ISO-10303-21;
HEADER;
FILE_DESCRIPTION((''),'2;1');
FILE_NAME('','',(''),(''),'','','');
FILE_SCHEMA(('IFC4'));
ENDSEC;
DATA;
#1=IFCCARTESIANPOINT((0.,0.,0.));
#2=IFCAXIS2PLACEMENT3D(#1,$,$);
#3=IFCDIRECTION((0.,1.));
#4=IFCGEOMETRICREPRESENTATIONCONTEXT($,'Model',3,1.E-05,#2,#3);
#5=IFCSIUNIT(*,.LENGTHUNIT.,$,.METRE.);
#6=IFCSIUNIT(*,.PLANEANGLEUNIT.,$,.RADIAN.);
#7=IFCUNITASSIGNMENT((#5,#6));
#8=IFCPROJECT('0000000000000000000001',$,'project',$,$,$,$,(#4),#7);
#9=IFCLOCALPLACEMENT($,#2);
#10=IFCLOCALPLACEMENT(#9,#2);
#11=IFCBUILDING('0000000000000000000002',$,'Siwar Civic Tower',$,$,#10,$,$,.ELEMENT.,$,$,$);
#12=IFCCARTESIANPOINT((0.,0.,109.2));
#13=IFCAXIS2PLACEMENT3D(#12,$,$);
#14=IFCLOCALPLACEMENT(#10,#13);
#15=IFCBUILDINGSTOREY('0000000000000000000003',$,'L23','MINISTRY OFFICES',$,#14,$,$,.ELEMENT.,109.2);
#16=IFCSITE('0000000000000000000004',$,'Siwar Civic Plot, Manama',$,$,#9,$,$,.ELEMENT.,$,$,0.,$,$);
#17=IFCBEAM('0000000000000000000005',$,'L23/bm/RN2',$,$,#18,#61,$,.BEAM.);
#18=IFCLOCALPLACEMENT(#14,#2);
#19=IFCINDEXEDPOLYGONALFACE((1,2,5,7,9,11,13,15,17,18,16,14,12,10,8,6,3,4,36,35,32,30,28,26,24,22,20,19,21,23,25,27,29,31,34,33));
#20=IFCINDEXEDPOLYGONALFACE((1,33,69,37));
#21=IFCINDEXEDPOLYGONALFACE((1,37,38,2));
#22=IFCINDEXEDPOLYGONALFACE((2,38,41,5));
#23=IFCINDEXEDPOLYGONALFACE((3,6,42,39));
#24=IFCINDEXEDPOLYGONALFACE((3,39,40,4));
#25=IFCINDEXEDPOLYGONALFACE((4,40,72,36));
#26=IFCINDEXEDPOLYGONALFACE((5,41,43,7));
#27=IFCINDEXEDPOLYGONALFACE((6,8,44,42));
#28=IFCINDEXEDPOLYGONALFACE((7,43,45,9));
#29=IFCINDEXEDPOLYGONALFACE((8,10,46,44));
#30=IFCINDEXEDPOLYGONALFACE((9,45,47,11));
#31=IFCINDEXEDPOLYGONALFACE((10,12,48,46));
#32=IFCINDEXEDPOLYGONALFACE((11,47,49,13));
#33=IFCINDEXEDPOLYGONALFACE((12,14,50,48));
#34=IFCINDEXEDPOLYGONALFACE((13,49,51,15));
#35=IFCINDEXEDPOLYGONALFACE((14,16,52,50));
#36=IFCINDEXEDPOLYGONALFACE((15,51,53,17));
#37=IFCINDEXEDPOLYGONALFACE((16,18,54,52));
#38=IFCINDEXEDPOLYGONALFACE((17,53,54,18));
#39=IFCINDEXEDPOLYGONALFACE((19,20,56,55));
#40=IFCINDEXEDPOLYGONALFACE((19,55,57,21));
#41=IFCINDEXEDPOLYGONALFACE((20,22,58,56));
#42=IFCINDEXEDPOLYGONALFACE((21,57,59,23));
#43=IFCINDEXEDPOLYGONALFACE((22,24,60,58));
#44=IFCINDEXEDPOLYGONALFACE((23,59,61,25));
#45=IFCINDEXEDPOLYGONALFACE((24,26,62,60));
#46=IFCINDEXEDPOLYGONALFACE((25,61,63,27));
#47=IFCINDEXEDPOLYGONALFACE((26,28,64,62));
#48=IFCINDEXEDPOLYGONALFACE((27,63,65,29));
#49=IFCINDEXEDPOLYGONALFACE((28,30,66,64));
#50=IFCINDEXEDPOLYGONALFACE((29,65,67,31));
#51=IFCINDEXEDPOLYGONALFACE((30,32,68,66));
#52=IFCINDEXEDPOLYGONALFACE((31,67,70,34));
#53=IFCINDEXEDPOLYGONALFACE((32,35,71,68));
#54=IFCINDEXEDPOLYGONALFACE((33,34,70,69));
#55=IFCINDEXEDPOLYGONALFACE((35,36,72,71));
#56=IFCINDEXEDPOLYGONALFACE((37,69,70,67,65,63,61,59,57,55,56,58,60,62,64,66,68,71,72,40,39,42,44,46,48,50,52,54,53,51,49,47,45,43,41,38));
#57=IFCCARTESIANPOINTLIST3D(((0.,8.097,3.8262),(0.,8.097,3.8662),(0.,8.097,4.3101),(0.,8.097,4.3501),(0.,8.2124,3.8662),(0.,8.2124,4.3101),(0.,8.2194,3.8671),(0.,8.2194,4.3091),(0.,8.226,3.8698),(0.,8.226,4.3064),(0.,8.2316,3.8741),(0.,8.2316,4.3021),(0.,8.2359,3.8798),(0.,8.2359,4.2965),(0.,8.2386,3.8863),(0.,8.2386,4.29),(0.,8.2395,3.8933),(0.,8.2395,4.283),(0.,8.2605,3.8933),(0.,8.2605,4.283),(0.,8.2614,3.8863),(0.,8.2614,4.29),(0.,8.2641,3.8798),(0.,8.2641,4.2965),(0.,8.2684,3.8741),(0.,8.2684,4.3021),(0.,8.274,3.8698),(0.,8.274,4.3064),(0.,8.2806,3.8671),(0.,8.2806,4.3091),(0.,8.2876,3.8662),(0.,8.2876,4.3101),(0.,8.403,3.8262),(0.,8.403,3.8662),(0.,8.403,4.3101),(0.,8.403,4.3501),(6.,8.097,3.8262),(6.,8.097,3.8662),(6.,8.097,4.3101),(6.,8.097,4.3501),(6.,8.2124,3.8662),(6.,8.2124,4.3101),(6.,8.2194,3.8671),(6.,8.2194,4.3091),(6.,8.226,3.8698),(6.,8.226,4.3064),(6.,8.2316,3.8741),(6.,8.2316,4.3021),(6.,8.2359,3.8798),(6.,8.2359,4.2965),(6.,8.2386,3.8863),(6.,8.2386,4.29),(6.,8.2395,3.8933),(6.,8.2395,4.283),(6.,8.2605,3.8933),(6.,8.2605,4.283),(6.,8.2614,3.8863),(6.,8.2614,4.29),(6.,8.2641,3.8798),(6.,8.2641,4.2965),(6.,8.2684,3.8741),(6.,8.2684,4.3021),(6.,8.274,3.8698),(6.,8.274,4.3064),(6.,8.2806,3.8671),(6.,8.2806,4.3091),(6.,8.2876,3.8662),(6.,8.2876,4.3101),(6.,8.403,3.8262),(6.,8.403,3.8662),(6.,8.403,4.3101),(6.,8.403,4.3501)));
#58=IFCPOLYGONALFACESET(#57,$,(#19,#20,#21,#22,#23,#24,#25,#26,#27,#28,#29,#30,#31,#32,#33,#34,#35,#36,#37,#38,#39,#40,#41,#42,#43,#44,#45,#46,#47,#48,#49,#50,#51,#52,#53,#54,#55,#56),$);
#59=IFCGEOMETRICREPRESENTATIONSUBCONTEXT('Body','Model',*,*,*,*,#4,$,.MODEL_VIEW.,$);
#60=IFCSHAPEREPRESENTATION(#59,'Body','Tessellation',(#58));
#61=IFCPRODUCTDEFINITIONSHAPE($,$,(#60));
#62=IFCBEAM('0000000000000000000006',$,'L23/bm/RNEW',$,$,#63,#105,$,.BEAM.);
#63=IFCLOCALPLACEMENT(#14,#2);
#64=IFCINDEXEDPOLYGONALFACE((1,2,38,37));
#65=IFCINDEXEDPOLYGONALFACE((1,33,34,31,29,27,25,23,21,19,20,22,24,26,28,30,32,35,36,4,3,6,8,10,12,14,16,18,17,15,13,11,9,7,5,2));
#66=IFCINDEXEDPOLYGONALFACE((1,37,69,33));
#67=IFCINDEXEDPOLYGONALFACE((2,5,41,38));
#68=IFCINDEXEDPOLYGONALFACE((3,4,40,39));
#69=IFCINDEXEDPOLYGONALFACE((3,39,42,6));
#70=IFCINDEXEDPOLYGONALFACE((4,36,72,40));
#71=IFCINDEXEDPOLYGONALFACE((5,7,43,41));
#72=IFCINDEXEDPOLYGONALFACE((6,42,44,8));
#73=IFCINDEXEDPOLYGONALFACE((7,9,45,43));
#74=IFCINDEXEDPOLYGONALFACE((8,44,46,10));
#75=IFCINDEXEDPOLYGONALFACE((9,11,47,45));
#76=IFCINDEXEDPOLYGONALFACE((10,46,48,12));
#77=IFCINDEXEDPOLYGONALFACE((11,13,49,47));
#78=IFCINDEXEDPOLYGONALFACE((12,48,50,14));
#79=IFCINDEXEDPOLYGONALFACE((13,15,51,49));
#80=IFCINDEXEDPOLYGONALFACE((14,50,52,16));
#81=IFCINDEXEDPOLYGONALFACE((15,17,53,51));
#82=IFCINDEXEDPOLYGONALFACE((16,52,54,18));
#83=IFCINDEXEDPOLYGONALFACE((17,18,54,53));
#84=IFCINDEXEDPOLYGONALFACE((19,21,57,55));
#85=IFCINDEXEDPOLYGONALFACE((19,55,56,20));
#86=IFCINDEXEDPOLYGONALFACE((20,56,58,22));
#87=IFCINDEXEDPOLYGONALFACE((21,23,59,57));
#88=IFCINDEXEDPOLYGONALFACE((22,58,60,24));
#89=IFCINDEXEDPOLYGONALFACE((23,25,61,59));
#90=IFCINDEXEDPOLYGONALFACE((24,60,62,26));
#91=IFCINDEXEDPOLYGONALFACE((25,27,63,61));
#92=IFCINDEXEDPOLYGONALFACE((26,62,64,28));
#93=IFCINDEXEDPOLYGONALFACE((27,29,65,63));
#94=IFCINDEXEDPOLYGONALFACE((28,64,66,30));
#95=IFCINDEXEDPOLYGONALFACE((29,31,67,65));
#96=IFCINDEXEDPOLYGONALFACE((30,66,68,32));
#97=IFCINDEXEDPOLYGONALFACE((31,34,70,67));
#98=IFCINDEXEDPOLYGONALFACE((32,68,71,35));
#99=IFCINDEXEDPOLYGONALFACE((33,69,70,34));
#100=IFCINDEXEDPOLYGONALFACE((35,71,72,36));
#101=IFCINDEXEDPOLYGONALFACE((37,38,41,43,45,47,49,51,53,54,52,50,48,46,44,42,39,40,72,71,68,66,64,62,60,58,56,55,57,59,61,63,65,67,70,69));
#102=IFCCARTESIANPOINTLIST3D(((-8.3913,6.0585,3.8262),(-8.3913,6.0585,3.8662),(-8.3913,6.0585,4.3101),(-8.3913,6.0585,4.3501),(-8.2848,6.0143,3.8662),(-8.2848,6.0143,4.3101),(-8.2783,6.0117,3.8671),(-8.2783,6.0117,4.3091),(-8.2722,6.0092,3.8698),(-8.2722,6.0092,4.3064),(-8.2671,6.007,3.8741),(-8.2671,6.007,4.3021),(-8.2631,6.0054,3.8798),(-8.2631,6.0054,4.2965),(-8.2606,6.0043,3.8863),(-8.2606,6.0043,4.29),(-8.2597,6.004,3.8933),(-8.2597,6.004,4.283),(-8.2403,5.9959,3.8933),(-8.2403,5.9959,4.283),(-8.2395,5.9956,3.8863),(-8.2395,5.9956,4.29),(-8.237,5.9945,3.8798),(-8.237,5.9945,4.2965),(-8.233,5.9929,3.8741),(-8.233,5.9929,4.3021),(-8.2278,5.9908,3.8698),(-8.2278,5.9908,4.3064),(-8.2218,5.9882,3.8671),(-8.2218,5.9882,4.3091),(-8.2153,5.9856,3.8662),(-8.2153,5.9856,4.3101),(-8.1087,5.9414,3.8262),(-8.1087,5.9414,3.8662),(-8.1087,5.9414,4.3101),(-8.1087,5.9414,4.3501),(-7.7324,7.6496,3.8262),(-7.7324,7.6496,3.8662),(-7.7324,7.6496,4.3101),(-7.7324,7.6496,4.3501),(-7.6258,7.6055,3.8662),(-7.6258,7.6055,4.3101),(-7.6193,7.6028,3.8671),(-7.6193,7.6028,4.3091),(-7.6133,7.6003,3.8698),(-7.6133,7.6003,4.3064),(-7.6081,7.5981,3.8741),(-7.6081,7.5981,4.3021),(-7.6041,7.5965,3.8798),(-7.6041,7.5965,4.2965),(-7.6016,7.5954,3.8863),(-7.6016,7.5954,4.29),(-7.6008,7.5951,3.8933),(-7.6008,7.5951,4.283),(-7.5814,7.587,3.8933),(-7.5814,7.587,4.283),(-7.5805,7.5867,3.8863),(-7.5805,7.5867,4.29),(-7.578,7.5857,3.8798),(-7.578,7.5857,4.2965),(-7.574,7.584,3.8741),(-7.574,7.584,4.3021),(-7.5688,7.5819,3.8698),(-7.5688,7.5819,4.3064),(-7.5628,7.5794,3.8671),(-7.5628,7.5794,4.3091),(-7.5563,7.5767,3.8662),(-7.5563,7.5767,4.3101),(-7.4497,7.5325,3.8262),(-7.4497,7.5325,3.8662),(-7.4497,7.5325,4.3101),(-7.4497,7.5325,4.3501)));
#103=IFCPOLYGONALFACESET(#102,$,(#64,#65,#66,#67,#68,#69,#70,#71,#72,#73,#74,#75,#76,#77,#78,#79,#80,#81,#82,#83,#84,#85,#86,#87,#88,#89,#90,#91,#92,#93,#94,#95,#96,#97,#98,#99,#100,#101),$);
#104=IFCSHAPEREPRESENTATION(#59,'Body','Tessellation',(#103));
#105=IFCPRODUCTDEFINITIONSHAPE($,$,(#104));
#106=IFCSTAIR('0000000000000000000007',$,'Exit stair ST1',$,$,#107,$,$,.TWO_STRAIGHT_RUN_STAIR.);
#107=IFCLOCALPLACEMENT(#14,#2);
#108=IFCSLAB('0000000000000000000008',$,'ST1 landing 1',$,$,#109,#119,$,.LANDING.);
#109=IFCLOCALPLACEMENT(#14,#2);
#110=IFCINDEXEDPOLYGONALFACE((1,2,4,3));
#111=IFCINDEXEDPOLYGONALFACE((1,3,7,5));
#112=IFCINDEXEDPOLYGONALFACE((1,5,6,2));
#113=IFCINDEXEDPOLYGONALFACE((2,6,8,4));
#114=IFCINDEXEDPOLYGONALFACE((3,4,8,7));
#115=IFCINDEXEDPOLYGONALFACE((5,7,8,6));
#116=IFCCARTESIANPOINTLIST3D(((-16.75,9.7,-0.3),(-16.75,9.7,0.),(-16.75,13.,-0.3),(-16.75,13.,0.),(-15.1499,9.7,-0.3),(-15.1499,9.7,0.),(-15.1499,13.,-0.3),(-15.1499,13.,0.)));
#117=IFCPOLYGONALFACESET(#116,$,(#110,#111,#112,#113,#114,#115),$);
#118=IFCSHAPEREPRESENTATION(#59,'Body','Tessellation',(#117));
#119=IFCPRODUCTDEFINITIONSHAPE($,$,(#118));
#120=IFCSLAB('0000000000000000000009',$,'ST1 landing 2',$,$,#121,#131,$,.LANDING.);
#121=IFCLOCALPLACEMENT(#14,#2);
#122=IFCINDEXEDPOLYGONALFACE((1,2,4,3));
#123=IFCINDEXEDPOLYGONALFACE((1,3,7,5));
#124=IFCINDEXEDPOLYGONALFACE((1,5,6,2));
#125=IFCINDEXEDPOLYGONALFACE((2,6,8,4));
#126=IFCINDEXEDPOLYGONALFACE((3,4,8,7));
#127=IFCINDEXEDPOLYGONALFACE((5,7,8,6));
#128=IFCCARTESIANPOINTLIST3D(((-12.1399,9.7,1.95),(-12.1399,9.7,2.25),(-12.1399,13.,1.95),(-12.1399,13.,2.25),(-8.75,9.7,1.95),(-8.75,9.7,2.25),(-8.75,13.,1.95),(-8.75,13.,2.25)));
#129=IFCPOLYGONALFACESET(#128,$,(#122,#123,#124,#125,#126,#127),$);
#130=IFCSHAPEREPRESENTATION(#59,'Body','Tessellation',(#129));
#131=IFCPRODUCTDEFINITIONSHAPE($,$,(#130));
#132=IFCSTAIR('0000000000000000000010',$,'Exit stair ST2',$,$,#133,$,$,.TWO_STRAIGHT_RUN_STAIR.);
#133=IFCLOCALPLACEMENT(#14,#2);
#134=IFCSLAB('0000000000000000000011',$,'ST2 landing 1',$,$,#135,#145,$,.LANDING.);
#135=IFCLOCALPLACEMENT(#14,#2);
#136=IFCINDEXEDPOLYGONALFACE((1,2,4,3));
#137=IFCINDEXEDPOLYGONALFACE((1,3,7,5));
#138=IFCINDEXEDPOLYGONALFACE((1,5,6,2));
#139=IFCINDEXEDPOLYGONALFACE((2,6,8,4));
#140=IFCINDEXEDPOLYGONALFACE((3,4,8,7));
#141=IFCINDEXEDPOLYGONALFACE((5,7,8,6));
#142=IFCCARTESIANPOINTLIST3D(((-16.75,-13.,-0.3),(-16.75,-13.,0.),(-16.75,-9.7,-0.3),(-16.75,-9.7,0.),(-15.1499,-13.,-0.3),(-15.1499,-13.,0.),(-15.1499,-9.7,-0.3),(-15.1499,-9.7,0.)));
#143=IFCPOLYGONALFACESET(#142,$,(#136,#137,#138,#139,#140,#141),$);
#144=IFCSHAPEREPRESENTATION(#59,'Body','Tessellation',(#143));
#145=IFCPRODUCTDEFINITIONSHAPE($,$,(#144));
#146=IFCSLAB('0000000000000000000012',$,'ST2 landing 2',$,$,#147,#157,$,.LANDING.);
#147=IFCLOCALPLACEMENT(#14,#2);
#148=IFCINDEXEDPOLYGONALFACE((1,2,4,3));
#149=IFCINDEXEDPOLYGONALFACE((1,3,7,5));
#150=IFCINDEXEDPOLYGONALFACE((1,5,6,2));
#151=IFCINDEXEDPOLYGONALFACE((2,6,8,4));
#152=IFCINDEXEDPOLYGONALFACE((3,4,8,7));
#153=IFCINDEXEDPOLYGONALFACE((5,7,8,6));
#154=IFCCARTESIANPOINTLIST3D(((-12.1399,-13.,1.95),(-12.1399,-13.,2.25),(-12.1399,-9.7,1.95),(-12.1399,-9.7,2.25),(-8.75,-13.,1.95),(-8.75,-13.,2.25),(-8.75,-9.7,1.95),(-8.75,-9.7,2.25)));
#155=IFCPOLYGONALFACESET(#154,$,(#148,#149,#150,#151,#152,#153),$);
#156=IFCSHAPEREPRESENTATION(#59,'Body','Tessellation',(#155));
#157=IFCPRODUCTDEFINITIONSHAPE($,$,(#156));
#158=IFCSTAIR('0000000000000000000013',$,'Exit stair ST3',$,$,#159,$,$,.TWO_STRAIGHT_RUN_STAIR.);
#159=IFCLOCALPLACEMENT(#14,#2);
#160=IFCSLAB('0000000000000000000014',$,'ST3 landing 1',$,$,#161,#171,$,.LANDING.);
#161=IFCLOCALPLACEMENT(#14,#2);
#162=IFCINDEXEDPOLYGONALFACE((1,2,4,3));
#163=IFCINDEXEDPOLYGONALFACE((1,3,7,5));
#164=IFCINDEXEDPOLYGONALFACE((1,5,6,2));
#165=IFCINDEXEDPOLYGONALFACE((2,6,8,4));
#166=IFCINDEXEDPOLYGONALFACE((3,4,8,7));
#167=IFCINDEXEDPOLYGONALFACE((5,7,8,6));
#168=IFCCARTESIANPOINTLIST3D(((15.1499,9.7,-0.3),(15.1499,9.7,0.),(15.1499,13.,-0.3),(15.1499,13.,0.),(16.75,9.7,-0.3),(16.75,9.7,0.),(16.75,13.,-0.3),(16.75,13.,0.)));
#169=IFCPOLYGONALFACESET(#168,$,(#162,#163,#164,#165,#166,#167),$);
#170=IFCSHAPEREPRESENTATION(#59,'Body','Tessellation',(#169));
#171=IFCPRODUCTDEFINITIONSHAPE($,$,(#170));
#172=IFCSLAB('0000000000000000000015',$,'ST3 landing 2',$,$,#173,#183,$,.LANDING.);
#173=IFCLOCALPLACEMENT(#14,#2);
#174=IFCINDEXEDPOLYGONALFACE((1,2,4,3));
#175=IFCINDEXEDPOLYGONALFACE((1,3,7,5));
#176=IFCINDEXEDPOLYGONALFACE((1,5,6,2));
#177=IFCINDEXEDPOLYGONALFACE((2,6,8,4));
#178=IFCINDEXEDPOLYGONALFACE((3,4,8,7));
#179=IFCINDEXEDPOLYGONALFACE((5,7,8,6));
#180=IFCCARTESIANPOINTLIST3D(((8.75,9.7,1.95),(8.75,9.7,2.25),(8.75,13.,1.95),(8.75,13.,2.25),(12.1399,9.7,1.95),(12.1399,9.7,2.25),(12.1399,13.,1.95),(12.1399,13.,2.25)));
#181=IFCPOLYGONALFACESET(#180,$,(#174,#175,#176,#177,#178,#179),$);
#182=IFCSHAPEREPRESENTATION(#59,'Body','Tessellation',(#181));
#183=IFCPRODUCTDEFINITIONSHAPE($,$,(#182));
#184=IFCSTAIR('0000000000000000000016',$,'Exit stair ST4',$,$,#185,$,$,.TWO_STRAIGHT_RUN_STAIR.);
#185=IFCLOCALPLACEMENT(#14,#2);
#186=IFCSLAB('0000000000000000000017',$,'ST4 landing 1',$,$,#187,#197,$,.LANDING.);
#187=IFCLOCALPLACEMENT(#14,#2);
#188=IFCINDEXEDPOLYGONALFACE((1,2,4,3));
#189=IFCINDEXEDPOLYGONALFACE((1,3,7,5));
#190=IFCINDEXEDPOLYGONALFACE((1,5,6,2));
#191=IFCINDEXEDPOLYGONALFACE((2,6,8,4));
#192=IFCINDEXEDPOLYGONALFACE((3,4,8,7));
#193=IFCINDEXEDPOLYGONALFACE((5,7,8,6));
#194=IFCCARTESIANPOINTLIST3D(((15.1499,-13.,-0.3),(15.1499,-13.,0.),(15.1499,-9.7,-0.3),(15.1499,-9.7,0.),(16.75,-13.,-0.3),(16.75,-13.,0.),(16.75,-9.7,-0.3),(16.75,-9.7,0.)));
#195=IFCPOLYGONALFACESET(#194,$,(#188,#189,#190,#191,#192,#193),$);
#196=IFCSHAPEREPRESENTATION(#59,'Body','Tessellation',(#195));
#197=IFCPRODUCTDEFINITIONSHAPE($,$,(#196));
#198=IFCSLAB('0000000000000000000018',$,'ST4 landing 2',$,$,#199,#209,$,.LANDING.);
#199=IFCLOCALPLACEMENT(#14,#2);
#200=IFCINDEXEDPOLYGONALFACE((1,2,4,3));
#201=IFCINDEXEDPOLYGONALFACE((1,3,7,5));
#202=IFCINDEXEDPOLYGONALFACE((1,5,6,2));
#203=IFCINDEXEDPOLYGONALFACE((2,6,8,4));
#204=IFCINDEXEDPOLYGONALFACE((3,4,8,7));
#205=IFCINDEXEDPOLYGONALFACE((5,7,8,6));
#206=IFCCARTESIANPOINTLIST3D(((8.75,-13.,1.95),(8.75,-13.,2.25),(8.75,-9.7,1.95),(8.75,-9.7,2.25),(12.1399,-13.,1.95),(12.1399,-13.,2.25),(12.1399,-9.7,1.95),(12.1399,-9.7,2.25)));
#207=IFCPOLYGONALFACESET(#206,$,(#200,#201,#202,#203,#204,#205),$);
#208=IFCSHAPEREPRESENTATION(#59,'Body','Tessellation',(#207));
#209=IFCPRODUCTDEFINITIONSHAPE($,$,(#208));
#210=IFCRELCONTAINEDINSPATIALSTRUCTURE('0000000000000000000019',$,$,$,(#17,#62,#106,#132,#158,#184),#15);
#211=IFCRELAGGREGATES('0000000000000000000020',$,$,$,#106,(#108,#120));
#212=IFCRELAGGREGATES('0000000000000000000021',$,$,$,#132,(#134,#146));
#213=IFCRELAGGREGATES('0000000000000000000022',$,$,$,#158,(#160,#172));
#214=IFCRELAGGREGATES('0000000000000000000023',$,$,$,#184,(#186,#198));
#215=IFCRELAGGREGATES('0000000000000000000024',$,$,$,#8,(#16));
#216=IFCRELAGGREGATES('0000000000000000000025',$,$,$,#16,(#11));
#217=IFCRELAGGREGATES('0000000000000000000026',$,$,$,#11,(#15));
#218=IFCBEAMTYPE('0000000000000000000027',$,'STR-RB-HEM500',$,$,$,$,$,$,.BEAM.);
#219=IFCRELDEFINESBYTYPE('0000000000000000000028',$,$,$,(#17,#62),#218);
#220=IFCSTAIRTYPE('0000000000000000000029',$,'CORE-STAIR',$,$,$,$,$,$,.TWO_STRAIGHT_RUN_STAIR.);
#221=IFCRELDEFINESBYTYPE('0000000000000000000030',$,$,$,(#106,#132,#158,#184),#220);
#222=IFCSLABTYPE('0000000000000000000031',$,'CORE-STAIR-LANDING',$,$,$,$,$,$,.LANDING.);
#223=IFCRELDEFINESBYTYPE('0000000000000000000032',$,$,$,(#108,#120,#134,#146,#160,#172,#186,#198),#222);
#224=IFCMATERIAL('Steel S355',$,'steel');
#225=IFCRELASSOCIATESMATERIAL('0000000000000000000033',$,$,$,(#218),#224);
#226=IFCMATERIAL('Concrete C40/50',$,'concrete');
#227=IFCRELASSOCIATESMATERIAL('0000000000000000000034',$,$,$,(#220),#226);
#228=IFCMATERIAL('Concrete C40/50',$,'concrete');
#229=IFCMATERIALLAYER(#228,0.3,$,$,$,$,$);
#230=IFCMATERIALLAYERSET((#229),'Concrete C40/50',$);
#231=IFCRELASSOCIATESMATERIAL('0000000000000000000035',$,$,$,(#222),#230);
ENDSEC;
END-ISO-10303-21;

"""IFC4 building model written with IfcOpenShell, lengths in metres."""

from ifc_helpers import new_model, si_unit, direction, frame, origin, origin_2d, place, context, subcontext, project, spatial, polyline, i_section, outline, extrude, material, layer, layer_set, material_profile, profile_set, type_object, element, aggregate, save


model = new_model("IFC4")

# Units and contexts
model_context = context("Model", 3, precision=1e-05, world=origin(), true_north=direction((0.0, 1.0)))
body_context = subcontext(model_context, "Body", "Model", "MODEL_VIEW")
ifc_project = project(units=[si_unit("LENGTHUNIT", "METRE"), si_unit("PLANEANGLEUNIT", "RADIAN")], contexts=[model_context])

# Site, building, storey
site_placement = place(None, origin())
site = spatial("IfcSite", under=ifc_project, at=site_placement, Name="Siwar Civic Plot, Manama", CompositionType="ELEMENT", RefElevation=0.0)
building_placement = place(site_placement, origin())
building = spatial("IfcBuilding", under=site, at=building_placement, Name="Siwar Civic Tower", CompositionType="ELEMENT")
storey_placement = place(building_placement, frame((0.0, 0.0, 109.2)))
storey = spatial("IfcBuildingStorey", under=building, at=storey_placement, Name="L23", Description="MINISTRY OFFICES", CompositionType="ELEMENT", Elevation=109.2)

# Beams
ifc_material_1 = material(Name="Steel S355", Category="steel")
ifc_material_profile_1 = material_profile(ifc_material_1, i_section(OverallWidth=0.3059, OverallDepth=0.5239, WebThickness=0.021, FlangeThickness=0.04, FilletRadius=0.0271, at=origin_2d()), Name="HEM500")
ifc_profile_set_1 = profile_set([ifc_material_profile_1], Name="Steel S355")
beam_type_1 = type_object("IfcBeamType", Name="STR-RB-HEM500", PredefinedType="BEAM", material=ifc_profile_set_1)
for number, where, z_axis, x_axis, name in (
    (1, (0.0, 8.25, 4.0881), (1.0, 0.0, 0.0), (0.0, 1.0, 0.0), "L23/bm/RN2"),
):
    element("IfcBeam", number, at=place(storey_placement, frame(where, z_axis=z_axis, x_axis=x_axis)), inside=storey, type_object=beam_type_1, Name=name, PredefinedType="BEAM", context=body_context, shape_type="SweptSolid", body=[
        extrude(i_section(OverallWidth=0.3059, OverallDepth=0.5239, WebThickness=0.021, FlangeThickness=0.04, FilletRadius=0.0271, at=origin_2d()), origin(), (0.0, 0.0, 1.0), 6.0),
    ])
beam_1_placement = place(storey_placement, frame((-7.5911, 7.5911, 4.0881), z_axis=(-0.382631, -0.923901, 0.0), x_axis=(0.923901, -0.382631, 0.0)))
element("IfcBeam", 2, at=beam_1_placement, inside=storey, type_object=beam_type_1, Name="L23/bm/RNEW", PredefinedType="BEAM", context=body_context, shape_type="SweptSolid", body=[
    extrude(i_section(OverallWidth=0.3059, OverallDepth=0.5239, WebThickness=0.021, FlangeThickness=0.04, FilletRadius=0.0271, at=origin_2d()), origin(), (0.0, 0.0, 1.0), 1.7222),
])

# Stairs, slabs
ifc_material_2 = material(Name="Concrete C40/50", Category="concrete")
stair_type = type_object("IfcStairType", Name="CORE-STAIR", PredefinedType="TWO_STRAIGHT_RUN_STAIR", material=ifc_material_2)
stair_1_placement = place(storey_placement, origin())
stair_1 = element("IfcStair", 3, at=stair_1_placement, inside=storey, type_object=stair_type, Name="Exit stair ST1", PredefinedType="TWO_STRAIGHT_RUN_STAIR")
ifc_material_3 = material(Name="Concrete C40/50", Category="concrete")
ifc_layer_1 = layer(ifc_material_3, 0.3)
ifc_layer_set_1 = layer_set([ifc_layer_1], Name="Concrete C40/50")
slab_type_1 = type_object("IfcSlabType", Name="CORE-STAIR-LANDING", PredefinedType="LANDING", material=ifc_layer_set_1)
slab_1_placement = place(storey_placement, frame((0.0, 0.0, -0.3)))
slab_1 = element("IfcSlab", 4, at=slab_1_placement, type_object=slab_type_1, Name="ST1 landing 1", PredefinedType="LANDING", context=body_context, shape_type="SweptSolid", body=[
    extrude(outline(polyline([(-15.1499, 13.0), (-16.75, 13.0), (-16.75, 9.7), (-15.1499, 9.7), (-15.1499, 13.0)])), origin(), (0.0, 0.0, 1.0), 0.3),
])
slab_2_placement = place(storey_placement, frame((0.0, 0.0, 1.95)))
slab_2 = element("IfcSlab", 5, at=slab_2_placement, type_object=slab_type_1, Name="ST1 landing 2", PredefinedType="LANDING", context=body_context, shape_type="SweptSolid", body=[
    extrude(outline(polyline([(-8.75, 13.0), (-12.1399, 13.0), (-12.1399, 9.7), (-8.75, 9.7), (-8.75, 13.0)])), origin(), (0.0, 0.0, 1.0), 0.3),
])
aggregate(stair_1, [slab_1, slab_2])
stair_2_placement = place(storey_placement, origin())
stair_2 = element("IfcStair", 6, at=stair_2_placement, inside=storey, type_object=stair_type, Name="Exit stair ST2", PredefinedType="TWO_STRAIGHT_RUN_STAIR")
slab_3_placement = place(storey_placement, frame((0.0, 0.0, -0.3)))
slab_3 = element("IfcSlab", 7, at=slab_3_placement, type_object=slab_type_1, Name="ST2 landing 1", PredefinedType="LANDING", context=body_context, shape_type="SweptSolid", body=[
    extrude(outline(polyline([(-15.1499, -9.7), (-16.75, -9.7), (-16.75, -13.0), (-15.1499, -13.0), (-15.1499, -9.7)])), origin(), (0.0, 0.0, 1.0), 0.3),
])
slab_4_placement = place(storey_placement, frame((0.0, 0.0, 1.95)))
slab_4 = element("IfcSlab", 8, at=slab_4_placement, type_object=slab_type_1, Name="ST2 landing 2", PredefinedType="LANDING", context=body_context, shape_type="SweptSolid", body=[
    extrude(outline(polyline([(-8.75, -9.7), (-12.1399, -9.7), (-12.1399, -13.0), (-8.75, -13.0), (-8.75, -9.7)])), origin(), (0.0, 0.0, 1.0), 0.3),
])
aggregate(stair_2, [slab_3, slab_4])
stair_3_placement = place(storey_placement, origin())
stair_3 = element("IfcStair", 9, at=stair_3_placement, inside=storey, type_object=stair_type, Name="Exit stair ST3", PredefinedType="TWO_STRAIGHT_RUN_STAIR")
slab_5_placement = place(storey_placement, frame((0.0, 0.0, -0.3)))
slab_5 = element("IfcSlab", 10, at=slab_5_placement, type_object=slab_type_1, Name="ST3 landing 1", PredefinedType="LANDING", context=body_context, shape_type="SweptSolid", body=[
    extrude(outline(polyline([(15.1499, 9.7), (16.75, 9.7), (16.75, 13.0), (15.1499, 13.0), (15.1499, 9.7)])), origin(), (0.0, 0.0, 1.0), 0.3),
])
slab_6_placement = place(storey_placement, frame((0.0, 0.0, 1.95)))
slab_6 = element("IfcSlab", 11, at=slab_6_placement, type_object=slab_type_1, Name="ST3 landing 2", PredefinedType="LANDING", context=body_context, shape_type="SweptSolid", body=[
    extrude(outline(polyline([(8.75, 9.7), (12.1399, 9.7), (12.1399, 13.0), (8.75, 13.0), (8.75, 9.7)])), origin(), (0.0, 0.0, 1.0), 0.3),
])
aggregate(stair_3, [slab_5, slab_6])
stair_4_placement = place(storey_placement, origin())
stair_4 = element("IfcStair", 12, at=stair_4_placement, inside=storey, type_object=stair_type, Name="Exit stair ST4", PredefinedType="TWO_STRAIGHT_RUN_STAIR")
slab_7_placement = place(storey_placement, frame((0.0, 0.0, -0.3)))
slab_7 = element("IfcSlab", 13, at=slab_7_placement, type_object=slab_type_1, Name="ST4 landing 1", PredefinedType="LANDING", context=body_context, shape_type="SweptSolid", body=[
    extrude(outline(polyline([(15.1499, -13.0), (16.75, -13.0), (16.75, -9.7), (15.1499, -9.7), (15.1499, -13.0)])), origin(), (0.0, 0.0, 1.0), 0.3),
])
slab_8_placement = place(storey_placement, frame((0.0, 0.0, 1.95)))
slab_8 = element("IfcSlab", 14, at=slab_8_placement, type_object=slab_type_1, Name="ST4 landing 2", PredefinedType="LANDING", context=body_context, shape_type="SweptSolid", body=[
    extrude(outline(polyline([(8.75, -13.0), (12.1399, -13.0), (12.1399, -9.7), (8.75, -9.7), (8.75, -13.0)])), origin(), (0.0, 0.0, 1.0), 0.3),
])
aggregate(stair_4, [slab_7, slab_8])

save(model, "model.ifc")
